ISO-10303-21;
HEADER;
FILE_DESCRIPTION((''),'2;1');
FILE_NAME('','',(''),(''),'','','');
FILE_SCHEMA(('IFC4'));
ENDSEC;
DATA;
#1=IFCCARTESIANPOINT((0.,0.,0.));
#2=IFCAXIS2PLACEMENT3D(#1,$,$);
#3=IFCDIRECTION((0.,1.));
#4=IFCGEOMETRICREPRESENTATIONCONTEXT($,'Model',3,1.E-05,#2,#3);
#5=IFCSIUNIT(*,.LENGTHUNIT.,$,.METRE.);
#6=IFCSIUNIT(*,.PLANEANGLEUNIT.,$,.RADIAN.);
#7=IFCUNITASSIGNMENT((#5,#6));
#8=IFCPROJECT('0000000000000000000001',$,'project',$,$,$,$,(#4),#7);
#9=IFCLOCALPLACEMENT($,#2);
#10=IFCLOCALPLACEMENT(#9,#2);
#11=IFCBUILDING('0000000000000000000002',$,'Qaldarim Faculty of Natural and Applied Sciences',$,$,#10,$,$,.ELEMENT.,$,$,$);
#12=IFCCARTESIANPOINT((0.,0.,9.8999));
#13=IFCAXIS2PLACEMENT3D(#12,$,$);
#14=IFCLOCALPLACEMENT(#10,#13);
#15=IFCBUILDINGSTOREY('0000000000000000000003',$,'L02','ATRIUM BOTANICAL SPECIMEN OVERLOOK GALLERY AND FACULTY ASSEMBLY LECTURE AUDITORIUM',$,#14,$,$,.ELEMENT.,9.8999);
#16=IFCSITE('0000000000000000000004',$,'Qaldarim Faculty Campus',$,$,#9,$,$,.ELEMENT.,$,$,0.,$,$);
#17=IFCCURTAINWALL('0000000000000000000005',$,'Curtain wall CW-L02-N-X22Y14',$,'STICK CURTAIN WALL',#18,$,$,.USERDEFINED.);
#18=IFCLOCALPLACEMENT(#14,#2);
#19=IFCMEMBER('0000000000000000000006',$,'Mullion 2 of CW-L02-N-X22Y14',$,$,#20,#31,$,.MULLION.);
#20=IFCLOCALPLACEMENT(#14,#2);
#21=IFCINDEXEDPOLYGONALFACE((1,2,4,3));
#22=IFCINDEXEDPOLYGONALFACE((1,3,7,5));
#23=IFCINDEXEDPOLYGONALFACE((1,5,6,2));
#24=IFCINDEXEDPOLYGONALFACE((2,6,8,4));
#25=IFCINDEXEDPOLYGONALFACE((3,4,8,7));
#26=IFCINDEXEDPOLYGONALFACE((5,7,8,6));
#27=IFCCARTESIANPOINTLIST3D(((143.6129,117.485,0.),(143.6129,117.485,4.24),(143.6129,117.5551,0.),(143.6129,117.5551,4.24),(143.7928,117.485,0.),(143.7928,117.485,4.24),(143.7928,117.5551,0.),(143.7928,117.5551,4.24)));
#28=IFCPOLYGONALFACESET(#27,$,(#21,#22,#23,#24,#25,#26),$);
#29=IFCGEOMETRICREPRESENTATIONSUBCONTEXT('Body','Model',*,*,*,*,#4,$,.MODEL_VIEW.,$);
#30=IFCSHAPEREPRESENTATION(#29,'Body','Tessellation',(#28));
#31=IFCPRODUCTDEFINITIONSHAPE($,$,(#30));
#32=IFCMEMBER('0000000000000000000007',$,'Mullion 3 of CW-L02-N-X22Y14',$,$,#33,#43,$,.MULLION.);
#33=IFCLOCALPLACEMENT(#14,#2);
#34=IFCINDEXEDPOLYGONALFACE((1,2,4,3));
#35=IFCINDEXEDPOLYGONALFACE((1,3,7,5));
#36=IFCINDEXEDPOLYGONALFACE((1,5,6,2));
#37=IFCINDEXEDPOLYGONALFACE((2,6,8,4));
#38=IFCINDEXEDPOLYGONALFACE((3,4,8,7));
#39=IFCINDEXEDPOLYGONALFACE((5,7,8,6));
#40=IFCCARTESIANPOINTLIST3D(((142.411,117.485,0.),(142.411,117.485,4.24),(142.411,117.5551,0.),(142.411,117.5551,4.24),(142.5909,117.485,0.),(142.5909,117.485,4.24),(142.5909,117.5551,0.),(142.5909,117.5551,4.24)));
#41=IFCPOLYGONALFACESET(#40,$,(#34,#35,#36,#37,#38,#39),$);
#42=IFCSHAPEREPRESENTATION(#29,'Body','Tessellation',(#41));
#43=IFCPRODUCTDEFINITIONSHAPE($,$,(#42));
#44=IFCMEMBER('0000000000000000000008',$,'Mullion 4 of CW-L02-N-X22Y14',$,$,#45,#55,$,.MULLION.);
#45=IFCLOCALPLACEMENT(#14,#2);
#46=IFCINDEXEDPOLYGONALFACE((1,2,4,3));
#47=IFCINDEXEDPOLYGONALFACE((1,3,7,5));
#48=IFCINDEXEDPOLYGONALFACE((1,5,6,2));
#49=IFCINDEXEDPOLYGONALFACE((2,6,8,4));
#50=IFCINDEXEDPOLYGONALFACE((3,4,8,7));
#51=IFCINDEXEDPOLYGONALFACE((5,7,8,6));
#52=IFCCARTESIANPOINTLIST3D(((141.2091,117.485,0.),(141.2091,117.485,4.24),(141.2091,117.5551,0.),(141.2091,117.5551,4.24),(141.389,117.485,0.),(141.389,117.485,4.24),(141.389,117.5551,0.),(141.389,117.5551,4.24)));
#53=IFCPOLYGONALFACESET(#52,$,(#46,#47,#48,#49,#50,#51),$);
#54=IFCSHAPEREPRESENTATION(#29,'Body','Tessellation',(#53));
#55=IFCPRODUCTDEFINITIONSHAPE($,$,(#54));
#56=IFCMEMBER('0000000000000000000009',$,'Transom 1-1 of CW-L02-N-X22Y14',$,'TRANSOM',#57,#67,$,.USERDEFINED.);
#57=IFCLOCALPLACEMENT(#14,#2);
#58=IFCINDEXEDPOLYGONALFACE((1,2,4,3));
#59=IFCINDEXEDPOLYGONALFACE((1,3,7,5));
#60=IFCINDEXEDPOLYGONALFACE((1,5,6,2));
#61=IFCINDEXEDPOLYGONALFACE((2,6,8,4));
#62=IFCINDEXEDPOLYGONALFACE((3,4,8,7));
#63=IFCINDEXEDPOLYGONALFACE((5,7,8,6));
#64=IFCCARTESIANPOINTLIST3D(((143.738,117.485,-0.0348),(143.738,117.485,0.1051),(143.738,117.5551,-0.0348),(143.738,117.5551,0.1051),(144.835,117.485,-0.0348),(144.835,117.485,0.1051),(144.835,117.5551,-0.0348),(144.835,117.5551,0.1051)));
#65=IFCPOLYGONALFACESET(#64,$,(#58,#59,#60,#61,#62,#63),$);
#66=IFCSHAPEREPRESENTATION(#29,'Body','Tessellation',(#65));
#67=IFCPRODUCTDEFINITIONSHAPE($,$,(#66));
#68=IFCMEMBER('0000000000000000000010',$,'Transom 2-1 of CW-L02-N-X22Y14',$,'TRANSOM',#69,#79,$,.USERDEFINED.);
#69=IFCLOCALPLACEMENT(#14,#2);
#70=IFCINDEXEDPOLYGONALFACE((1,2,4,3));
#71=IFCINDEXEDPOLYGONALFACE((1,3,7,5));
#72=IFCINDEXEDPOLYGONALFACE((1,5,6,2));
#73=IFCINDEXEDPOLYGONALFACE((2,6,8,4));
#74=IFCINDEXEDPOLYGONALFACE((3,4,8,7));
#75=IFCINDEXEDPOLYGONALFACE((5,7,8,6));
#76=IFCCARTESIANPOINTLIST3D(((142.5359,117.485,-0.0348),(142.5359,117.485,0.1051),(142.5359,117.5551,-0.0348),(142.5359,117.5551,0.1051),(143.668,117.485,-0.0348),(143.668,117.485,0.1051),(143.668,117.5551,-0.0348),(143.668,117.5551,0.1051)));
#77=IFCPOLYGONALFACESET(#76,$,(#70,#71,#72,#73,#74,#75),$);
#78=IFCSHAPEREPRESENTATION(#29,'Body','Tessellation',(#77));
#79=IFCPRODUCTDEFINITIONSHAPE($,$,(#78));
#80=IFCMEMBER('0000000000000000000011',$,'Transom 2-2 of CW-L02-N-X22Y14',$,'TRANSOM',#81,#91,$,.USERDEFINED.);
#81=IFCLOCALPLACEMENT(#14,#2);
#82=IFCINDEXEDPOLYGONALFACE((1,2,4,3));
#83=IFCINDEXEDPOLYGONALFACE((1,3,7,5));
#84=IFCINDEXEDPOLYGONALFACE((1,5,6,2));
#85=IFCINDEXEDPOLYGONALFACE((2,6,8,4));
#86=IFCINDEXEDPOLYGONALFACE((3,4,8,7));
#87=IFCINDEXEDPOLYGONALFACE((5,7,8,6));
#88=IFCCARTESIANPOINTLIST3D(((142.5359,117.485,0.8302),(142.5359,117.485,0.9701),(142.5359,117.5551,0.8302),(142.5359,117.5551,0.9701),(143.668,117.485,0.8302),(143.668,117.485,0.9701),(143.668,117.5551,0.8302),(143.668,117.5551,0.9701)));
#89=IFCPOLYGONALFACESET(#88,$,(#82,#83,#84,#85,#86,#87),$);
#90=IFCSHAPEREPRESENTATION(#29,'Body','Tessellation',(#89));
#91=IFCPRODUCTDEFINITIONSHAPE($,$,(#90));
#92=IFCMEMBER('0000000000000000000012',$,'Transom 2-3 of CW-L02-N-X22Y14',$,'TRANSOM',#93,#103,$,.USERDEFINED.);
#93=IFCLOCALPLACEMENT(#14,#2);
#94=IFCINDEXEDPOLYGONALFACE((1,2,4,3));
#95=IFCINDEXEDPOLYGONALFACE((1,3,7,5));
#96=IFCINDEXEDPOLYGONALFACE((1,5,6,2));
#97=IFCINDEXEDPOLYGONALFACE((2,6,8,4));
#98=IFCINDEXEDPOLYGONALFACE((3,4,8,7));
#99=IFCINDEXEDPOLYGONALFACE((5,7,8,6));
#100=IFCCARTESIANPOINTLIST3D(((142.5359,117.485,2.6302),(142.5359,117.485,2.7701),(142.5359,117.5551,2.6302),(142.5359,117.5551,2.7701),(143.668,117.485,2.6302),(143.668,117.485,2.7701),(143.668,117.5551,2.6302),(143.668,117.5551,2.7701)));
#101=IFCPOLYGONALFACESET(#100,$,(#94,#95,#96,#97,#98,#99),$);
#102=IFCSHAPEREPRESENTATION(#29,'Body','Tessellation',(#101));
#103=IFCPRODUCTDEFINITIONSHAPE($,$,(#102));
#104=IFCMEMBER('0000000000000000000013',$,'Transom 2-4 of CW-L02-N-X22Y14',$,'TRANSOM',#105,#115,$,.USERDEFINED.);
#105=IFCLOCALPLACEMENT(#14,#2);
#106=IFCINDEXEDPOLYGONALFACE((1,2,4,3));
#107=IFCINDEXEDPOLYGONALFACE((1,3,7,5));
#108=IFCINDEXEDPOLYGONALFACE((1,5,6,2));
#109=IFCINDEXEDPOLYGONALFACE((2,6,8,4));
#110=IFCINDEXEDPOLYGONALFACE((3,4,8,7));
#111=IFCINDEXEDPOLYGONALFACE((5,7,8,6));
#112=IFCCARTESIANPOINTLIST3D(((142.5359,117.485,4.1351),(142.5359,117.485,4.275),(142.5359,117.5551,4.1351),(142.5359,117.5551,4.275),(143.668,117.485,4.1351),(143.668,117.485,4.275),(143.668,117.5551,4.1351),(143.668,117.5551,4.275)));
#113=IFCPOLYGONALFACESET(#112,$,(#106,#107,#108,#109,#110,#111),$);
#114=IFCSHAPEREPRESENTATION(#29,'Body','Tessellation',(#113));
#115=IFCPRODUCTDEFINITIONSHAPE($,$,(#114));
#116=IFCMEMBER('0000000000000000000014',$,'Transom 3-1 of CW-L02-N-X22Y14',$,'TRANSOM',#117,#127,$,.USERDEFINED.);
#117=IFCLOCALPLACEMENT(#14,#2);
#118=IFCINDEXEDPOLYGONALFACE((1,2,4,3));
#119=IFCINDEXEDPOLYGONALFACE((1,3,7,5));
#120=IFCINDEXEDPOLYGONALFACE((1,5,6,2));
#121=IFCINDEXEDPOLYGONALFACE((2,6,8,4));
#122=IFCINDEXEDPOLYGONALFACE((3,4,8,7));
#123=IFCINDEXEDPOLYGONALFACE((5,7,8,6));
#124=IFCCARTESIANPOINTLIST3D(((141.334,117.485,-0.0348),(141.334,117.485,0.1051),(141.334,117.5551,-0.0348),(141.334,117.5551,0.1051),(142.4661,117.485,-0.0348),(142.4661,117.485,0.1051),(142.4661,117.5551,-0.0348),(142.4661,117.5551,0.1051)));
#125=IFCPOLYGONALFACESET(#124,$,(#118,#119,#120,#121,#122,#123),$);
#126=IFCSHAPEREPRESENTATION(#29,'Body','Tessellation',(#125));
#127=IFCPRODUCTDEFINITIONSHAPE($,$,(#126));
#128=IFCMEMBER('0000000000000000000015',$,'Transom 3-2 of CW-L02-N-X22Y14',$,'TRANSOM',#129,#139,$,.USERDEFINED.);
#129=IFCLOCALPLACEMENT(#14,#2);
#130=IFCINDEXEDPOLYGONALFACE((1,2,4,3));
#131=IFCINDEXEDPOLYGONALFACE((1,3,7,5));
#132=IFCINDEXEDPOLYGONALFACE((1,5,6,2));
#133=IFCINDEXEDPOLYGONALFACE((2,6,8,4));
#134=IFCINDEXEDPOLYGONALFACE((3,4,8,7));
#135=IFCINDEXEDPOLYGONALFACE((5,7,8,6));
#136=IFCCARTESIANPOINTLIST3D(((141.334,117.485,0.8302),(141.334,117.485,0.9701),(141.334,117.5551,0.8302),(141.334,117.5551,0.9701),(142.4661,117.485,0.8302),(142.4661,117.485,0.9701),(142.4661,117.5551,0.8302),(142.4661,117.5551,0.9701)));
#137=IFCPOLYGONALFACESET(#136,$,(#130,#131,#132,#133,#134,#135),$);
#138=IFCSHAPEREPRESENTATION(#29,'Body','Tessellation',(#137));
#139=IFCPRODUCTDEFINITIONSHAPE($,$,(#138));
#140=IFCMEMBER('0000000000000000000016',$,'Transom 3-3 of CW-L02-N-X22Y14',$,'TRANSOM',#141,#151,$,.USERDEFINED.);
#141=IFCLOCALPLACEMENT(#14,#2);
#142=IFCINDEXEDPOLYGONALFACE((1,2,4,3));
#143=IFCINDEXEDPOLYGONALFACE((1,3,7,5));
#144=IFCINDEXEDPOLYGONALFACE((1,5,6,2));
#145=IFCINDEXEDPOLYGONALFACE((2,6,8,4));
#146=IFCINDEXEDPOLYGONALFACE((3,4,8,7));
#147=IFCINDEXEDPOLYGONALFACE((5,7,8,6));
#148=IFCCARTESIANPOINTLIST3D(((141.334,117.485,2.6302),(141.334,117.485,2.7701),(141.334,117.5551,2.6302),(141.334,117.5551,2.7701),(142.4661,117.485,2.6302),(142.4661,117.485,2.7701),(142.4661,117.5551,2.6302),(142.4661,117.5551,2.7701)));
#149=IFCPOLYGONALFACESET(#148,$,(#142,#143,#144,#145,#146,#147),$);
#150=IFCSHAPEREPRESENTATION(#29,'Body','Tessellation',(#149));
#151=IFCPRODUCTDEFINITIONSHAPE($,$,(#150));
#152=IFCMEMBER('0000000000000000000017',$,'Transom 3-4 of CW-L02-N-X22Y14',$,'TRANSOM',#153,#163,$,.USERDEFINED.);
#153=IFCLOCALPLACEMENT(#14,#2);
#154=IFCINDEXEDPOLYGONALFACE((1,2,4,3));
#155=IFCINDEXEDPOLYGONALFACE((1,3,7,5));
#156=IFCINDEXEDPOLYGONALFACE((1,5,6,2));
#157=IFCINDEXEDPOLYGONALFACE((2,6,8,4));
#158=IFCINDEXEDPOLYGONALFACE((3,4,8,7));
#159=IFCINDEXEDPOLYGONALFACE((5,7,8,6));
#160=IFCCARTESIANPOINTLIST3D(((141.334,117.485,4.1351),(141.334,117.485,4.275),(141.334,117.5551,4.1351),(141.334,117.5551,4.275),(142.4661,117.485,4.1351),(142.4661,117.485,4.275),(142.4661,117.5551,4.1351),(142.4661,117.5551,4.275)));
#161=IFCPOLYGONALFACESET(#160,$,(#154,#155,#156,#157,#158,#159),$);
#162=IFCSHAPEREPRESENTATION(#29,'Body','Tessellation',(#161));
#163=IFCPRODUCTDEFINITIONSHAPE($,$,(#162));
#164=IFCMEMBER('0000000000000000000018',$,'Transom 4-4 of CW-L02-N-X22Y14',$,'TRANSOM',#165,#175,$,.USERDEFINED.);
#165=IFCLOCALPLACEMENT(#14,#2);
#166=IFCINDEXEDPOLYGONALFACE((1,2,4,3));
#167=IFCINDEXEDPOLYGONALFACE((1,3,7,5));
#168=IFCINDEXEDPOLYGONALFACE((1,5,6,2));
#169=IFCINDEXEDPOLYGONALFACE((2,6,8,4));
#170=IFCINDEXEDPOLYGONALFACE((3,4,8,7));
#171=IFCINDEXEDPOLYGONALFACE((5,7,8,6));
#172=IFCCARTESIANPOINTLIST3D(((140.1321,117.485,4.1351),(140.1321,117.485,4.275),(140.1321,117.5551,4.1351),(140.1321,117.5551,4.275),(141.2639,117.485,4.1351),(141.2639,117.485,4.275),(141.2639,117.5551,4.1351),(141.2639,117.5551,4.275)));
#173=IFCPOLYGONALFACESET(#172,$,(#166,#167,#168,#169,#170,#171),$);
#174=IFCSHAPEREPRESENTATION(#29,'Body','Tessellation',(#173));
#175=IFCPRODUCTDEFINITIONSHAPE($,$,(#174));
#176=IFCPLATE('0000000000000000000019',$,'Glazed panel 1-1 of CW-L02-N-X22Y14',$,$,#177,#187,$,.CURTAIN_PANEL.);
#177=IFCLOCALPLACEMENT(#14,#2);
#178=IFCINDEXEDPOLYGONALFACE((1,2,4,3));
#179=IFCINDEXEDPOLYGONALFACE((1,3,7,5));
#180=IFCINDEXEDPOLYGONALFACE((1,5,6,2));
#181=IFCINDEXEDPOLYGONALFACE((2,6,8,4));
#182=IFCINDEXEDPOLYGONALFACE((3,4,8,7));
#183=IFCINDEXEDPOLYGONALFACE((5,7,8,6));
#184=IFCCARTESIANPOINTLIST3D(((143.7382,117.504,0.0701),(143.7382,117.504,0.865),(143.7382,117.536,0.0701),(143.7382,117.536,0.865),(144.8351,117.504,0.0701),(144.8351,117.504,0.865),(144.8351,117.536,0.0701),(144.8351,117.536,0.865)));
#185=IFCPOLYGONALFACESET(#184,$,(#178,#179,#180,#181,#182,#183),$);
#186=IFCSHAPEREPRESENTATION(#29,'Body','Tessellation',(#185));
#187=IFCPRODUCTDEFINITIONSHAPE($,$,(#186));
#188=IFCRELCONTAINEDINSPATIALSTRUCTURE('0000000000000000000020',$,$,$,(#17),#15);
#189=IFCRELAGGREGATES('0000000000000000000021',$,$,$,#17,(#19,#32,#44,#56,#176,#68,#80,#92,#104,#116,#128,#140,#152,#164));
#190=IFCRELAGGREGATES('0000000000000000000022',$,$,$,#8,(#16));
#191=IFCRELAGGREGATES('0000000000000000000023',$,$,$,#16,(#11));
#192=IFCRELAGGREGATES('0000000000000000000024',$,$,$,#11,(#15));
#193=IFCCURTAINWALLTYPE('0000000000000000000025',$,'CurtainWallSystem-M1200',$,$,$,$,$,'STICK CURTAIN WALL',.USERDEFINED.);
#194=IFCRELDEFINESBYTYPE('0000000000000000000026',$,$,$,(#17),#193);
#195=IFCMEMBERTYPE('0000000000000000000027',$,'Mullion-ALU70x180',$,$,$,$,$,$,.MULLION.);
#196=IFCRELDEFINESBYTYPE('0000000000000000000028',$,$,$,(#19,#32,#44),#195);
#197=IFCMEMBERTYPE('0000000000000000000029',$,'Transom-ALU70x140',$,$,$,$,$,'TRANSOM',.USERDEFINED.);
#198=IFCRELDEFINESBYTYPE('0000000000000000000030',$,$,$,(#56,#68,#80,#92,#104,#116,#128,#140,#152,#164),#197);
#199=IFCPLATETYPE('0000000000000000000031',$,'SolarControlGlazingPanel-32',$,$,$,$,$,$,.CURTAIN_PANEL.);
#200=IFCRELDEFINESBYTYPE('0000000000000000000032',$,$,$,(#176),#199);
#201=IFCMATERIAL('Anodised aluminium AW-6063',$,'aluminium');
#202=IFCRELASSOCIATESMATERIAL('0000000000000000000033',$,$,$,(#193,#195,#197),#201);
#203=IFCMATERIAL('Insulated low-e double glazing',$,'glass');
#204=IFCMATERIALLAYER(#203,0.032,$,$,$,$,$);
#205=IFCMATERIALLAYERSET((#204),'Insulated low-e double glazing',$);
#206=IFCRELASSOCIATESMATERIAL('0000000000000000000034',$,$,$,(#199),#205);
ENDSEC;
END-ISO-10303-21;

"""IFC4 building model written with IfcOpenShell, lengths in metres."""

from ifc_helpers import new_model, si_unit, direction, frame, origin, origin_2d, place, context, subcontext, project, spatial, rectangle, extrude, material, layer, layer_set, material_profile, profile_set, type_object, element, aggregate, save


model = new_model("IFC4")

# Units and contexts
model_context = context("Model", 3, precision=1e-05, world=origin(), true_north=direction((0.0, 1.0)))
body_context = subcontext(model_context, "Body", "Model", "MODEL_VIEW")
ifc_project = project(units=[si_unit("LENGTHUNIT", "METRE"), si_unit("PLANEANGLEUNIT", "RADIAN")], contexts=[model_context])

# Site, building, storey
site_placement = place(None, origin())
site = spatial("IfcSite", under=ifc_project, at=site_placement, Name="Qaldarim Faculty Campus", CompositionType="ELEMENT", RefElevation=0.0)
building_placement = place(site_placement, origin())
building = spatial("IfcBuilding", under=site, at=building_placement, Name="Qaldarim Faculty of Natural and Applied Sciences", CompositionType="ELEMENT")
storey_placement = place(building_placement, frame((0.0, 0.0, 9.8999)))
storey = spatial("IfcBuildingStorey", under=building, at=storey_placement, Name="L02", Description="ATRIUM BOTANICAL SPECIMEN OVERLOOK GALLERY AND FACULTY ASSEMBLY LECTURE AUDITORIUM", CompositionType="ELEMENT", Elevation=9.8999)

# Curtain wall, members, plate
ifc_material_1 = material(Name="Anodised aluminium AW-6063", Category="aluminium")
curtain_wall_type = type_object("IfcCurtainWallType", Name="CurtainWallSystem-M1200", ElementType="STICK CURTAIN WALL", PredefinedType="USERDEFINED", material=ifc_material_1)
curtain_wall_placement = place(storey_placement, origin())
curtain_wall = element("IfcCurtainWall", 1, at=curtain_wall_placement, inside=storey, type_object=curtain_wall_type, Name="Curtain wall CW-L02-N-X22Y14", ObjectType="STICK CURTAIN WALL", PredefinedType="USERDEFINED")
ifc_material_profile_1 = material_profile(ifc_material_1, rectangle(XDim=0.0701, YDim=0.1799, at=origin_2d()), Name="ALU-M70x180")
ifc_profile_set_1 = profile_set([ifc_material_profile_1], Name="Anodised aluminium AW-6063")
member_type_1 = type_object("IfcMemberType", Name="Mullion-ALU70x180", PredefinedType="MULLION", material=ifc_profile_set_1)
member_1_placement = place(storey_placement, frame((143.7029, 117.52, 0.0), z_axis=(0.0, 0.0, 1.0), x_axis=(0.0, -1.0, 0.0)))
member_1 = element("IfcMember", 2, at=member_1_placement, type_object=member_type_1, Name="Mullion 2 of CW-L02-N-X22Y14", PredefinedType="MULLION", context=body_context, shape_type="SweptSolid", body=[
    extrude(rectangle(XDim=0.0701, YDim=0.1799, at=origin_2d()), origin(), (0.0, 0.0, 1.0), 4.24),
])
member_2_placement = place(storey_placement, frame((142.501, 117.52, 0.0), z_axis=(0.0, 0.0, 1.0), x_axis=(0.0, -1.0, 0.0)))
member_2 = element("IfcMember", 3, at=member_2_placement, type_object=member_type_1, Name="Mullion 3 of CW-L02-N-X22Y14", PredefinedType="MULLION", context=body_context, shape_type="SweptSolid", body=[
    extrude(rectangle(XDim=0.0701, YDim=0.1799, at=origin_2d()), origin(), (0.0, 0.0, 1.0), 4.24),
])
member_3_placement = place(storey_placement, frame((141.2991, 117.52, 0.0), z_axis=(0.0, 0.0, 1.0), x_axis=(0.0, -1.0, 0.0)))
member_3 = element("IfcMember", 4, at=member_3_placement, type_object=member_type_1, Name="Mullion 4 of CW-L02-N-X22Y14", PredefinedType="MULLION", context=body_context, shape_type="SweptSolid", body=[
    extrude(rectangle(XDim=0.0701, YDim=0.1799, at=origin_2d()), origin(), (0.0, 0.0, 1.0), 4.24),
])
ifc_material_profile_2 = material_profile(ifc_material_1, rectangle(XDim=0.0701, YDim=0.1399, at=origin_2d()), Name="ALU-T70x140")
ifc_profile_set_2 = profile_set([ifc_material_profile_2], Name="Anodised aluminium AW-6063")
member_type_2 = type_object("IfcMemberType", Name="Transom-ALU70x140", ElementType="TRANSOM", PredefinedType="USERDEFINED", material=ifc_profile_set_2)
member_4_placement = place(storey_placement, frame((144.835, 117.52, 0.0352), z_axis=(-1.0, 0.0, 0.0), x_axis=(0.0, -1.0, 0.0)))
member_4 = element("IfcMember", 5, at=member_4_placement, type_object=member_type_2, Name="Transom 1-1 of CW-L02-N-X22Y14", ObjectType="TRANSOM", PredefinedType="USERDEFINED", context=body_context, shape_type="SweptSolid", body=[
    extrude(rectangle(XDim=0.0701, YDim=0.1399, at=origin_2d()), origin(), (0.0, 0.0, 1.0), 1.0969),
])
member_5_placement = place(storey_placement, frame((143.668, 117.52, 0.0352), z_axis=(-1.0, 0.0, 0.0), x_axis=(0.0, -1.0, 0.0)))
member_5 = element("IfcMember", 6, at=member_5_placement, type_object=member_type_2, Name="Transom 2-1 of CW-L02-N-X22Y14", ObjectType="TRANSOM", PredefinedType="USERDEFINED", context=body_context, shape_type="SweptSolid", body=[
    extrude(rectangle(XDim=0.0701, YDim=0.1399, at=origin_2d()), origin(), (0.0, 0.0, 1.0), 1.1321),
])
member_6_placement = place(storey_placement, frame((143.668, 117.52, 0.9001), z_axis=(-1.0, 0.0, 0.0), x_axis=(0.0, -1.0, 0.0)))
member_6 = element("IfcMember", 7, at=member_6_placement, type_object=member_type_2, Name="Transom 2-2 of CW-L02-N-X22Y14", ObjectType="TRANSOM", PredefinedType="USERDEFINED", context=body_context, shape_type="SweptSolid", body=[
    extrude(rectangle(XDim=0.0701, YDim=0.1399, at=origin_2d()), origin(), (0.0, 0.0, 1.0), 1.1321),
])
member_7_placement = place(storey_placement, frame((143.668, 117.52, 2.7002), z_axis=(-1.0, 0.0, 0.0), x_axis=(0.0, -1.0, 0.0)))
member_7 = element("IfcMember", 8, at=member_7_placement, type_object=member_type_2, Name="Transom 2-3 of CW-L02-N-X22Y14", ObjectType="TRANSOM", PredefinedType="USERDEFINED", context=body_context, shape_type="SweptSolid", body=[
    extrude(rectangle(XDim=0.0701, YDim=0.1399, at=origin_2d()), origin(), (0.0, 0.0, 1.0), 1.1321),
])
member_8_placement = place(storey_placement, frame((143.668, 117.52, 4.2051), z_axis=(-1.0, 0.0, 0.0), x_axis=(0.0, -1.0, 0.0)))
member_8 = element("IfcMember", 9, at=member_8_placement, type_object=member_type_2, Name="Transom 2-4 of CW-L02-N-X22Y14", ObjectType="TRANSOM", PredefinedType="USERDEFINED", context=body_context, shape_type="SweptSolid", body=[
    extrude(rectangle(XDim=0.0701, YDim=0.1399, at=origin_2d()), origin(), (0.0, 0.0, 1.0), 1.1321),
])
member_9_placement = place(storey_placement, frame((142.4661, 117.52, 0.0352), z_axis=(-1.0, 0.0, 0.0), x_axis=(0.0, -1.0, 0.0)))
member_9 = element("IfcMember", 10, at=member_9_placement, type_object=member_type_2, Name="Transom 3-1 of CW-L02-N-X22Y14", ObjectType="TRANSOM", PredefinedType="USERDEFINED", context=body_context, shape_type="SweptSolid", body=[
    extrude(rectangle(XDim=0.0701, YDim=0.1399, at=origin_2d()), origin(), (0.0, 0.0, 1.0), 1.1321),
])
member_10_placement = place(storey_placement, frame((142.4661, 117.52, 0.9001), z_axis=(-1.0, 0.0, 0.0), x_axis=(0.0, -1.0, 0.0)))
member_10 = element("IfcMember", 11, at=member_10_placement, type_object=member_type_2, Name="Transom 3-2 of CW-L02-N-X22Y14", ObjectType="TRANSOM", PredefinedType="USERDEFINED", context=body_context, shape_type="SweptSolid", body=[
    extrude(rectangle(XDim=0.0701, YDim=0.1399, at=origin_2d()), origin(), (0.0, 0.0, 1.0), 1.1321),
])
member_11_placement = place(storey_placement, frame((142.4661, 117.52, 2.7002), z_axis=(-1.0, 0.0, 0.0), x_axis=(0.0, -1.0, 0.0)))
member_11 = element("IfcMember", 12, at=member_11_placement, type_object=member_type_2, Name="Transom 3-3 of CW-L02-N-X22Y14", ObjectType="TRANSOM", PredefinedType="USERDEFINED", context=body_context, shape_type="SweptSolid", body=[
    extrude(rectangle(XDim=0.0701, YDim=0.1399, at=origin_2d()), origin(), (0.0, 0.0, 1.0), 1.1321),
])
member_12_placement = place(storey_placement, frame((142.4661, 117.52, 4.2051), z_axis=(-1.0, 0.0, 0.0), x_axis=(0.0, -1.0, 0.0)))
member_12 = element("IfcMember", 13, at=member_12_placement, type_object=member_type_2, Name="Transom 3-4 of CW-L02-N-X22Y14", ObjectType="TRANSOM", PredefinedType="USERDEFINED", context=body_context, shape_type="SweptSolid", body=[
    extrude(rectangle(XDim=0.0701, YDim=0.1399, at=origin_2d()), origin(), (0.0, 0.0, 1.0), 1.1321),
])
member_13_placement = place(storey_placement, frame((141.2639, 117.52, 4.2051), z_axis=(-1.0, 0.0, 0.0), x_axis=(0.0, -1.0, 0.0)))
member_13 = element("IfcMember", 14, at=member_13_placement, type_object=member_type_2, Name="Transom 4-4 of CW-L02-N-X22Y14", ObjectType="TRANSOM", PredefinedType="USERDEFINED", context=body_context, shape_type="SweptSolid", body=[
    extrude(rectangle(XDim=0.0701, YDim=0.1399, at=origin_2d()), origin(), (0.0, 0.0, 1.0), 1.1318),
])
ifc_material_2 = material(Name="Insulated low-e double glazing", Category="glass")
ifc_layer = layer(ifc_material_2, 0.032)
ifc_layer_set = layer_set([ifc_layer], Name="Insulated low-e double glazing")
plate_type = type_object("IfcPlateType", Name="SolarControlGlazingPanel-32", PredefinedType="CURTAIN_PANEL", material=ifc_layer_set)
plate_1_placement = place(storey_placement, frame((144.2866, 117.52, 0.0701), z_axis=(0.0, 0.0, 1.0), x_axis=(-1.0, 0.0, 0.0)))
plate_1 = element("IfcPlate", 15, at=plate_1_placement, type_object=plate_type, Name="Glazed panel 1-1 of CW-L02-N-X22Y14", PredefinedType="CURTAIN_PANEL", context=body_context, shape_type="SweptSolid", body=[
    extrude(rectangle(XDim=1.0969, YDim=0.032, at=origin_2d()), origin(), (0.0, 0.0, 1.0), 0.7949),
])
aggregate(curtain_wall, [member_1, member_2, member_3, member_4, plate_1, member_5, member_6, member_7, member_8, member_9, member_10, member_11, member_12, member_13])

save(model, "model.ifc")
